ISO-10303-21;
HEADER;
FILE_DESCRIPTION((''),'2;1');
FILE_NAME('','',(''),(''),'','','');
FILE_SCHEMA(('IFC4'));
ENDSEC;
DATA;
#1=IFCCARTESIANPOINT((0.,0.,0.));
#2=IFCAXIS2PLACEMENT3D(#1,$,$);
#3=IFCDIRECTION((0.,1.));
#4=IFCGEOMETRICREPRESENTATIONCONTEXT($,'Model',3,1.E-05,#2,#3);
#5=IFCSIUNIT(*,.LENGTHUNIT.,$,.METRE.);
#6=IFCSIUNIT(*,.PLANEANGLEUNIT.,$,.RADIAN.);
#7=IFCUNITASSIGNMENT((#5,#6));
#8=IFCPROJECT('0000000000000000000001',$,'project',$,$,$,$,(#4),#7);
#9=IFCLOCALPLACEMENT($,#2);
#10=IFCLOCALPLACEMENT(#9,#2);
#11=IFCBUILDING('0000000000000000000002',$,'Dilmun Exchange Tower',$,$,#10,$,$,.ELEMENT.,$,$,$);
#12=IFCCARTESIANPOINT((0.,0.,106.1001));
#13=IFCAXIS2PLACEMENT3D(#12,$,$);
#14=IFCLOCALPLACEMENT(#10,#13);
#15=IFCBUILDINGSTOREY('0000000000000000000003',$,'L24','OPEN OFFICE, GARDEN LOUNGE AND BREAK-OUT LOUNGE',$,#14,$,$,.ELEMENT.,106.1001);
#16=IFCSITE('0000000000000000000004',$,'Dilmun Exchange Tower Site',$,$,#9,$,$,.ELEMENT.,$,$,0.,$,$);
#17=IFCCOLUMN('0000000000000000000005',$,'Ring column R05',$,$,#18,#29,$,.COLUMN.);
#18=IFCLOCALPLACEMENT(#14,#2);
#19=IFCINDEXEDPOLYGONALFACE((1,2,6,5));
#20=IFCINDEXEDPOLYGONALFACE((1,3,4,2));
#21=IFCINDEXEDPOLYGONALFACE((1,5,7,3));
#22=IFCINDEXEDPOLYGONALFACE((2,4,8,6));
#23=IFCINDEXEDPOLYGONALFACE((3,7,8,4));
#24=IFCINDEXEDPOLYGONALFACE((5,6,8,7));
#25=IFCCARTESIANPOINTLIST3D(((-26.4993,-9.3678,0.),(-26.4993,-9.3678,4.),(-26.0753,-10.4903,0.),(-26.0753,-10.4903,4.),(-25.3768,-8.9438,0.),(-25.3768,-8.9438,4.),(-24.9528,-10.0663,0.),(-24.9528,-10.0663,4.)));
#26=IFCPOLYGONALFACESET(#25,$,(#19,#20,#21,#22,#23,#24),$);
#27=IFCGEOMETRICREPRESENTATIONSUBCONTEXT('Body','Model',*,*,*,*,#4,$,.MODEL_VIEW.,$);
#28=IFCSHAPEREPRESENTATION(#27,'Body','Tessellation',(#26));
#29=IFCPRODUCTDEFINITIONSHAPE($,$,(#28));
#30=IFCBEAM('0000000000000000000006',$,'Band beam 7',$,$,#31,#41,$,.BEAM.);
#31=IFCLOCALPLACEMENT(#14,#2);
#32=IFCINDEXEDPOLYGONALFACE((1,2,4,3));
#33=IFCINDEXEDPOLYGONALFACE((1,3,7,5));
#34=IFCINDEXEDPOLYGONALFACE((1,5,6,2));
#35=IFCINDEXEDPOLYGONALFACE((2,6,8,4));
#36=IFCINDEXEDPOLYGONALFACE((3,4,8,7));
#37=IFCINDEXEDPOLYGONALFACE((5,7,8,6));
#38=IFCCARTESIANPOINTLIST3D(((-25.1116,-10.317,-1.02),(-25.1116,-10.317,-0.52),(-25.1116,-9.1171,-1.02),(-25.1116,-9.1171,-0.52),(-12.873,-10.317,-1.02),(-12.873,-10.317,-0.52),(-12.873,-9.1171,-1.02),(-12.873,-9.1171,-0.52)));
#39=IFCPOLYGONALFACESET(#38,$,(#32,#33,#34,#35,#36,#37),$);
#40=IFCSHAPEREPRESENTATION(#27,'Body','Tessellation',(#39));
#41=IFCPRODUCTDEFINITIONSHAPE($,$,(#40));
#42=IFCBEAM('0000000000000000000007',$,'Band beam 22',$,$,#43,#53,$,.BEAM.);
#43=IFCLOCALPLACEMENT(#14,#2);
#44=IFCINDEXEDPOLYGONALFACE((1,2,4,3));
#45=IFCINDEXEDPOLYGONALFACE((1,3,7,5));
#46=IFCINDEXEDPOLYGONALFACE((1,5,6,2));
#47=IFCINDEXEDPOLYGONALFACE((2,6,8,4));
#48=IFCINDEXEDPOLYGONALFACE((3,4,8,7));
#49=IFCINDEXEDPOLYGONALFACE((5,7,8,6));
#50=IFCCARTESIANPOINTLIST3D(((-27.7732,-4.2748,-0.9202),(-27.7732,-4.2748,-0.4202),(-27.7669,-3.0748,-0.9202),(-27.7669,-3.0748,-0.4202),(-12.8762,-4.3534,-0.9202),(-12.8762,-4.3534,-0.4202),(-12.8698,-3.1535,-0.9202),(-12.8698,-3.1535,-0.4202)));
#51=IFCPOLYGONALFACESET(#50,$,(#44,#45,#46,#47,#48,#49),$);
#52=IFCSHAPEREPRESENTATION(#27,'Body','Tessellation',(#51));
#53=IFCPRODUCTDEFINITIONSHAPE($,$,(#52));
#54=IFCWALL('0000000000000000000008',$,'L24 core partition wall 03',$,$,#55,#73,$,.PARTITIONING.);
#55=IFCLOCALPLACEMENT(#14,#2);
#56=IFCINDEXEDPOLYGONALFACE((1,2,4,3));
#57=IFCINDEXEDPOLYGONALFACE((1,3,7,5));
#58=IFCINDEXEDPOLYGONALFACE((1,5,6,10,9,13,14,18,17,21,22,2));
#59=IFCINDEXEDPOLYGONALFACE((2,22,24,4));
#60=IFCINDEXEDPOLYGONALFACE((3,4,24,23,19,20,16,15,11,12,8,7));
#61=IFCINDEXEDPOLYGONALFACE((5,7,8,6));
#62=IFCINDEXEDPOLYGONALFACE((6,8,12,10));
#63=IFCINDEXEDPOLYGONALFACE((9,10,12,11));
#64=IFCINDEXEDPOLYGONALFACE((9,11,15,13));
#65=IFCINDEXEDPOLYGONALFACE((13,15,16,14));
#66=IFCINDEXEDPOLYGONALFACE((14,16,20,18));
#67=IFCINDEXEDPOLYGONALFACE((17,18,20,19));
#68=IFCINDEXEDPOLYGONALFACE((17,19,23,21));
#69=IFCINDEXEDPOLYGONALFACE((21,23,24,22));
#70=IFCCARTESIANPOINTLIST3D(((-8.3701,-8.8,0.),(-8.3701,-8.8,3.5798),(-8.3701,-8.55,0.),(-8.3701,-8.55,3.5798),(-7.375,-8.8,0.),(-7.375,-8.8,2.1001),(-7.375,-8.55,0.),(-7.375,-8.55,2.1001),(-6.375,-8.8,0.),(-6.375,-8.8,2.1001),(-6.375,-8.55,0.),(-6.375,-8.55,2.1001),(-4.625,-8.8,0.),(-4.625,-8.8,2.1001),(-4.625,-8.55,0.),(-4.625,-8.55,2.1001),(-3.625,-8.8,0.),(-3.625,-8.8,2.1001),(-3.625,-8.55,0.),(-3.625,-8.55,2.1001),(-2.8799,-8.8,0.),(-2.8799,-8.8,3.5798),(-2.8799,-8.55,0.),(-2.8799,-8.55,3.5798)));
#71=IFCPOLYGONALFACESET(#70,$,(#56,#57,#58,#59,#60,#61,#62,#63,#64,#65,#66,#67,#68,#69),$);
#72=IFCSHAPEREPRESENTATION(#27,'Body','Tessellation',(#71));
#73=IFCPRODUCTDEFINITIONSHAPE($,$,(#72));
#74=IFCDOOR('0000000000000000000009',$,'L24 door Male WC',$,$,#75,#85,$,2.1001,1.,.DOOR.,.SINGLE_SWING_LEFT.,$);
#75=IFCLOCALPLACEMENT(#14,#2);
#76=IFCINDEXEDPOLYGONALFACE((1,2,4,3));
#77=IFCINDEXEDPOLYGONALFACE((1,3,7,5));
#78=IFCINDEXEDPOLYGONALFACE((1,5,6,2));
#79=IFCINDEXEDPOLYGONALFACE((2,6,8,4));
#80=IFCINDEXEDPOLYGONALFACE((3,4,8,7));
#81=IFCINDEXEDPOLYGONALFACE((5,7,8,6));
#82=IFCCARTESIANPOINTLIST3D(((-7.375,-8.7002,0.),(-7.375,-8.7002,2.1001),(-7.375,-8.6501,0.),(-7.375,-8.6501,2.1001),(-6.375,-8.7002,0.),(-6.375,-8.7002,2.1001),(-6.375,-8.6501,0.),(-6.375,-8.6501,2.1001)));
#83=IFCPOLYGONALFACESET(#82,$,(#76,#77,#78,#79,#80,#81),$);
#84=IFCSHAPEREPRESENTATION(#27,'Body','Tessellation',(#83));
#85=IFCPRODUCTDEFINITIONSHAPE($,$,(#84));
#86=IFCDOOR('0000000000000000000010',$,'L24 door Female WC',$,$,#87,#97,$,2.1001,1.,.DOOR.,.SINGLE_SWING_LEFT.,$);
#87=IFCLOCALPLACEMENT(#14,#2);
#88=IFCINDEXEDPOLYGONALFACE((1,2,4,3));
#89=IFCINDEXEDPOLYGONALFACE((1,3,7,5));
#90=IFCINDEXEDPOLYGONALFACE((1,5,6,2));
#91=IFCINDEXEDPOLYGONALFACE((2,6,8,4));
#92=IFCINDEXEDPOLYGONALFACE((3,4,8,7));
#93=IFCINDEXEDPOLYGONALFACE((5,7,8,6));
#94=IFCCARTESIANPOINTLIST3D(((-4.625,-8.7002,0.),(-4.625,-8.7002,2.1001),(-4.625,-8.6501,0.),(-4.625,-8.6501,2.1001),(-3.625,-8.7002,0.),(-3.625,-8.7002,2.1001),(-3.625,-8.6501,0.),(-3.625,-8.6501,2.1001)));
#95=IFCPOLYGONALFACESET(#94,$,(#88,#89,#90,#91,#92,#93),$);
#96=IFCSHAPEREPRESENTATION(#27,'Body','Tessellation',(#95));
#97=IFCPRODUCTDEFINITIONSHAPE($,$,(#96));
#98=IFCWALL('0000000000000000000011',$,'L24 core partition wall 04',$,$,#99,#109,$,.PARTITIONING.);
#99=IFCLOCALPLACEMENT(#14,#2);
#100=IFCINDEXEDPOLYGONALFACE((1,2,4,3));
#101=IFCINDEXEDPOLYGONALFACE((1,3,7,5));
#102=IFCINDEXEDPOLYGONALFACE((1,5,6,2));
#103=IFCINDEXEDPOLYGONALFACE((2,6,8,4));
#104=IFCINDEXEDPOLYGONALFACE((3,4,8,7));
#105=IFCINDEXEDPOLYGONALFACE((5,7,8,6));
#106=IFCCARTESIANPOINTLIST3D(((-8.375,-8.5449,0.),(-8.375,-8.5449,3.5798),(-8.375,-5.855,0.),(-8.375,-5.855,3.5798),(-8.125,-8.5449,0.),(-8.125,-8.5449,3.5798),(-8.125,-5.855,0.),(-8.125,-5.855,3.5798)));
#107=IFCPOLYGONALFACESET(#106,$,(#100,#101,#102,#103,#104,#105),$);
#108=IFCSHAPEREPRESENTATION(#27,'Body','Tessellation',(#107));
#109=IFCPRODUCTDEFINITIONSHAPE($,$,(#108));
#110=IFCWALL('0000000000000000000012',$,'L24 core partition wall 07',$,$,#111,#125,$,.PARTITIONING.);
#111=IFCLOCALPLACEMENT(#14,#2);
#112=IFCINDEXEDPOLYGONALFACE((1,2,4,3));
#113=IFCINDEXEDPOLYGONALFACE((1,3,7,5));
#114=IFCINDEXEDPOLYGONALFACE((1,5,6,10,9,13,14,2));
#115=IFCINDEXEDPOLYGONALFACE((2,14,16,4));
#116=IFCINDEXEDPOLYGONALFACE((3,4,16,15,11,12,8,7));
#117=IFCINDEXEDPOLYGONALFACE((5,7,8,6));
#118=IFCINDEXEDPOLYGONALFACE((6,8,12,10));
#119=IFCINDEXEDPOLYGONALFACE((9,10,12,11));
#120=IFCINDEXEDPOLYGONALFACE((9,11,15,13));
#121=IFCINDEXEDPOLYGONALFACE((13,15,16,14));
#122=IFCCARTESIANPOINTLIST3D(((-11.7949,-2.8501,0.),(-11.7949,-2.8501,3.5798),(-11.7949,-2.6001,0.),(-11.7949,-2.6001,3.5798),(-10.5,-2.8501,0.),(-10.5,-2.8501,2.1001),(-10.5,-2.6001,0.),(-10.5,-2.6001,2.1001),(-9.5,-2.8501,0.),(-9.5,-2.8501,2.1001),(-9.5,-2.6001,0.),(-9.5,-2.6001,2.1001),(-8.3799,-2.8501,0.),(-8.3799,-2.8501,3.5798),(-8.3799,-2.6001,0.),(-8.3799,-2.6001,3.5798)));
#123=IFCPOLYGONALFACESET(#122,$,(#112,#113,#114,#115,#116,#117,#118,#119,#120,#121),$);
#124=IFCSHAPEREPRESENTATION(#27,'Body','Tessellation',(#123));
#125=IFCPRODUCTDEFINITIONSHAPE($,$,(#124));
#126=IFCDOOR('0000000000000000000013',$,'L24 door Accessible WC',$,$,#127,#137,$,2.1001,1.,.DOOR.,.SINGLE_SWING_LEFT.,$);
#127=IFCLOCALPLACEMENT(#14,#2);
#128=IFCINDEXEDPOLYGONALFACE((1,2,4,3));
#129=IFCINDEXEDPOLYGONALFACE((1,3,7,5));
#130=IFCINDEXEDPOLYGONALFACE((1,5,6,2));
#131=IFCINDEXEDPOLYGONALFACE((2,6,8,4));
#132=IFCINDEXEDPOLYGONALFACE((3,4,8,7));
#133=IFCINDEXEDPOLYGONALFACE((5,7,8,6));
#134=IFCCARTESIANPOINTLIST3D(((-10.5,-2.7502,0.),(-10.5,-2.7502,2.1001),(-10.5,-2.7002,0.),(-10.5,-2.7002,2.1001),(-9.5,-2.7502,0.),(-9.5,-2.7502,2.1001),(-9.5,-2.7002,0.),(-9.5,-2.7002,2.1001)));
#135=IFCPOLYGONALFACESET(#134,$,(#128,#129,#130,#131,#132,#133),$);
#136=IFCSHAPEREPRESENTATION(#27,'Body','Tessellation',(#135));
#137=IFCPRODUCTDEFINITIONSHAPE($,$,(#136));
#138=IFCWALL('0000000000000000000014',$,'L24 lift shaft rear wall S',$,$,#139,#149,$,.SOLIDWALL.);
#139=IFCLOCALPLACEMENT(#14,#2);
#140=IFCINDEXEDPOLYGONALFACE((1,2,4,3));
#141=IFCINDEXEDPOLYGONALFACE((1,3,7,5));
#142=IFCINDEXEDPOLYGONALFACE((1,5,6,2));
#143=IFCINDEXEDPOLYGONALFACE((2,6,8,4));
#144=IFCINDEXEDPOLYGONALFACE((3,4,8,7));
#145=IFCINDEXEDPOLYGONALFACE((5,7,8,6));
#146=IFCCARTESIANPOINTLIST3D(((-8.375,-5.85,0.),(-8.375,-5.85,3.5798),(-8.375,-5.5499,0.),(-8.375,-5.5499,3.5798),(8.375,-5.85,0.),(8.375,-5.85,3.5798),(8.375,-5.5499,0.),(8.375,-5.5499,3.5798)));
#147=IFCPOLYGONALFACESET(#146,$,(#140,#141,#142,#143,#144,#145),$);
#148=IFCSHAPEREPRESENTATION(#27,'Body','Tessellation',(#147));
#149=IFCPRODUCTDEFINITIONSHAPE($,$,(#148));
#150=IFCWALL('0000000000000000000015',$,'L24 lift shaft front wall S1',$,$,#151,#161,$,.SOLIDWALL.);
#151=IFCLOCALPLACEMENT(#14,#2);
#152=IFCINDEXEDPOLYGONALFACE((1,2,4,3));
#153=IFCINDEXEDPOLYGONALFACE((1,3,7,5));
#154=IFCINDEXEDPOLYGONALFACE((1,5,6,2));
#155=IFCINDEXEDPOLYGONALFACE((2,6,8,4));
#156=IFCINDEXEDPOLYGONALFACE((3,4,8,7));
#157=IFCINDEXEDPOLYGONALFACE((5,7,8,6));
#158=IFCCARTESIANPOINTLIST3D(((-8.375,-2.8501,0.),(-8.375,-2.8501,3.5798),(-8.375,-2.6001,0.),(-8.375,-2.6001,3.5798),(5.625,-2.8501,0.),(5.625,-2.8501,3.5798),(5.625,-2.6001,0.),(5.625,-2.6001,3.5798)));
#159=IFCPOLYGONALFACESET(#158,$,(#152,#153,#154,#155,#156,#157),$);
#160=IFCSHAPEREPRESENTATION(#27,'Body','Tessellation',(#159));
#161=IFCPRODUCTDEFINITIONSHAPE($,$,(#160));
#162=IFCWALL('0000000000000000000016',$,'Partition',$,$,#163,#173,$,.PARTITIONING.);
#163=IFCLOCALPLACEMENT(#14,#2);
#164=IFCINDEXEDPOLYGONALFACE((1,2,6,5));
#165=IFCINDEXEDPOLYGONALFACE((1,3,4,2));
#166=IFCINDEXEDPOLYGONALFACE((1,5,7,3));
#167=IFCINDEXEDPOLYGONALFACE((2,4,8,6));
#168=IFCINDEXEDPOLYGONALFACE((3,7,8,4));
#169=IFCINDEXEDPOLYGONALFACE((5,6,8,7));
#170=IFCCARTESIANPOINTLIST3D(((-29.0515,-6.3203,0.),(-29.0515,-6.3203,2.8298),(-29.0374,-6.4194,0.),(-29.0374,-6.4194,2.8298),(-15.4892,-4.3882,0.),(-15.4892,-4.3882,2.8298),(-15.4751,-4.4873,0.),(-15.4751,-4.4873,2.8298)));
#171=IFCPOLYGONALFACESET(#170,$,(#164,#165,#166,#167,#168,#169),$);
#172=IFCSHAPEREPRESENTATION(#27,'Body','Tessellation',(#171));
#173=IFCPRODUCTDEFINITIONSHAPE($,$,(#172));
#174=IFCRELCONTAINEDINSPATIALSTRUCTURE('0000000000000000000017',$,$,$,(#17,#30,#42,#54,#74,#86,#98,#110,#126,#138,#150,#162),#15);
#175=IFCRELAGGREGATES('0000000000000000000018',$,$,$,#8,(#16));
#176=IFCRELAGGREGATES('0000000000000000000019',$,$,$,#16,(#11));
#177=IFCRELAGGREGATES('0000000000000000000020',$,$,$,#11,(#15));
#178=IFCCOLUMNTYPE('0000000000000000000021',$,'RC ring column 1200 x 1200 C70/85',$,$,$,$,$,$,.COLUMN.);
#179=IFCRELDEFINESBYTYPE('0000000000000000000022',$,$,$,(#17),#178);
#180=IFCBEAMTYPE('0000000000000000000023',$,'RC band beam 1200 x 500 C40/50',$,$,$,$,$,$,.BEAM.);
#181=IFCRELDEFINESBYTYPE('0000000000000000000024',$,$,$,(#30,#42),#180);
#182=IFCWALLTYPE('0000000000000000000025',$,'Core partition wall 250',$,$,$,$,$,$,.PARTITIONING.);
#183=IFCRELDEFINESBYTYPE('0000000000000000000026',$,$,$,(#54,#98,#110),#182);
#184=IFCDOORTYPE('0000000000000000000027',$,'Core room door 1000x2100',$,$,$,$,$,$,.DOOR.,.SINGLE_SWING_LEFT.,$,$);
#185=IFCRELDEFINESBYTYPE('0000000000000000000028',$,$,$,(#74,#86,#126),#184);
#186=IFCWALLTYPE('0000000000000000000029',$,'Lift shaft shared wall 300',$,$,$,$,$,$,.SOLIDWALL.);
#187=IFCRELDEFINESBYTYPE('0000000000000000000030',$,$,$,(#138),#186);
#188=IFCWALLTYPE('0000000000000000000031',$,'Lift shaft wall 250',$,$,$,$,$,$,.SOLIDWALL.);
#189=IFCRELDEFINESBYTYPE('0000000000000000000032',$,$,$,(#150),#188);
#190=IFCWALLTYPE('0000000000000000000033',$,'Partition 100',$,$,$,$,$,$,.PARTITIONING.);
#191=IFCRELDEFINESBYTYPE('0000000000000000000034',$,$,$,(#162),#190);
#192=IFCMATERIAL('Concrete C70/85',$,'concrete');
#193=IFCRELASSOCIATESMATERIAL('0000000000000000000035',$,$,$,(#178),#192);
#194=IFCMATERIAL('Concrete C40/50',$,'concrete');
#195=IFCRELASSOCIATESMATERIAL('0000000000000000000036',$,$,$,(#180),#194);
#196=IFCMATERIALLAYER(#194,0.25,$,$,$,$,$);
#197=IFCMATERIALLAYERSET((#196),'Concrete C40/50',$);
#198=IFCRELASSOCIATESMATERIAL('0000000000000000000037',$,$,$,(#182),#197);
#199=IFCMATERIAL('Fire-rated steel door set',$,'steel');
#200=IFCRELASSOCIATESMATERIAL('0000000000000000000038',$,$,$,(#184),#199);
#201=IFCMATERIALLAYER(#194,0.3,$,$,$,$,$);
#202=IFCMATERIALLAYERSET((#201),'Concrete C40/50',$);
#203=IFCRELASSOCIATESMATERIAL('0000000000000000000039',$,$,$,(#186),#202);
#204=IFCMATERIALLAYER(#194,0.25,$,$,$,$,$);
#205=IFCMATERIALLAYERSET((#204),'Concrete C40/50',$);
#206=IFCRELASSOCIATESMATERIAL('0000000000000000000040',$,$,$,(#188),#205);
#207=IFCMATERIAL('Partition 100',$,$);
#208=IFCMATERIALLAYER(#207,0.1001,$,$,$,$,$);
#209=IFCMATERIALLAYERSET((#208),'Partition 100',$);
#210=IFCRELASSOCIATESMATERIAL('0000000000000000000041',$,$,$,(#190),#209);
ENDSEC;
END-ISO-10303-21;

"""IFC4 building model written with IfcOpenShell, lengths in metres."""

from ifc_helpers import new_model, si_unit, direction, frame, frame_2d, origin, origin_2d, place, context, subcontext, project, spatial, rectangle, extrude, material, layer, layer_set, material_profile, profile_set, type_object, element, fill, save


model = new_model("IFC4")

# Units and contexts
model_context = context("Model", 3, precision=1e-05, world=origin(), true_north=direction((0.0, 1.0)))
body_context = subcontext(model_context, "Body", "Model", "MODEL_VIEW")
ifc_project = project(units=[si_unit("LENGTHUNIT", "METRE"), si_unit("PLANEANGLEUNIT", "RADIAN")], contexts=[model_context])

# Site, building, storey
site_placement = place(None, origin())
site = spatial("IfcSite", under=ifc_project, at=site_placement, Name="Dilmun Exchange Tower Site", CompositionType="ELEMENT", RefElevation=0.0)
building_placement = place(site_placement, origin())
building = spatial("IfcBuilding", under=site, at=building_placement, Name="Dilmun Exchange Tower", CompositionType="ELEMENT")
storey_placement = place(building_placement, frame((0.0, 0.0, 106.1001)))
storey = spatial("IfcBuildingStorey", under=building, at=storey_placement, Name="L24", Description="OPEN OFFICE, GARDEN LOUNGE AND BREAK-OUT LOUNGE", CompositionType="ELEMENT", Elevation=106.1001)

# Column
ifc_material_1 = material(Name="Concrete C70/85", Category="concrete")
ifc_material_profile_1 = material_profile(ifc_material_1, rectangle(XDim=1.2, YDim=1.2, at=origin_2d()), Name="1200 x 1200")
ifc_profile_set_1 = profile_set([ifc_material_profile_1], Name="Concrete C70/85")
column_type = type_object("IfcColumnType", Name="RC ring column 1200 x 1200 C70/85", PredefinedType="COLUMN", material=ifc_profile_set_1)
column_placement = place(storey_placement, frame((-25.7261, -9.717, 0.0), z_axis=(0.0, 0.0, 1.0), x_axis=(0.935492, 0.353349, 0.0)))
element("IfcColumn", 1, at=column_placement, inside=storey, type_object=column_type, Name="Ring column R05", PredefinedType="COLUMN", context=body_context, shape_type="SweptSolid", body=[
    extrude(rectangle(XDim=1.2, YDim=1.2, at=origin_2d()), origin(), (0.0, 0.0, 1.0), 4.0),
])

# Beams
ifc_material_2 = material(Name="Concrete C40/50", Category="concrete")
ifc_material_profile_2 = material_profile(ifc_material_2, rectangle(XDim=1.2, YDim=0.5, at=origin_2d()), Name="1200 x 500")
ifc_profile_set_2 = profile_set([ifc_material_profile_2], Name="Concrete C40/50")
beam_type = type_object("IfcBeamType", Name="RC band beam 1200 x 500 C40/50", PredefinedType="BEAM", material=ifc_profile_set_2)
beam_1_placement = place(storey_placement, frame((-25.1116, -9.717, -0.77), z_axis=(1.0, 0.0, 0.0), x_axis=(0.0, 1.0, 0.0)))
element("IfcBeam", 2, at=beam_1_placement, inside=storey, type_object=beam_type, Name="Band beam 7", PredefinedType="BEAM", context=body_context, shape_type="SweptSolid", body=[
    extrude(rectangle(XDim=1.2, YDim=0.5, at=origin_2d()), origin(), (0.0, 0.0, 1.0), 12.2385),
])
beam_2_placement = place(storey_placement, frame((-27.77, -3.6748, -0.6702), z_axis=(0.999986, -0.005277, 0.0), x_axis=(0.005277, 0.999986, 0.0)))
element("IfcBeam", 3, at=beam_2_placement, inside=storey, type_object=beam_type, Name="Band beam 22", PredefinedType="BEAM", context=body_context, shape_type="SweptSolid", body=[
    extrude(rectangle(XDim=1.2, YDim=0.5, at=origin_2d()), origin(), (0.0, 0.0, 1.0), 14.8972),
])

# Wall, openings, doors
ifc_layer_1 = layer(ifc_material_2, 0.25)
ifc_layer_set_1 = layer_set([ifc_layer_1], Name="Concrete C40/50")
wall_type_1 = type_object("IfcWallType", Name="Core partition wall 250", PredefinedType="PARTITIONING", material=ifc_layer_set_1)
wall_1_placement = place(storey_placement, frame((-8.3701, -8.675, 0.0), z_axis=(0.0, 0.0, 1.0), x_axis=(1.0, 0.0, 0.0)))
wall_1 = element("IfcWall", 4, at=wall_1_placement, inside=storey, type_object=wall_type_1, Name="L24 core partition wall 03", PredefinedType="PARTITIONING", context=body_context, shape_type="SweptSolid", body=[
    extrude(rectangle(XDim=5.4902, YDim=0.25, at=frame_2d((2.7451, 0.0))), origin(), (0.0, 0.0, 1.0), 3.5798),
])
opening_1_placement = place(wall_1_placement, frame((0.9951, 0.0, 0.0)))
opening_1 = element("IfcOpeningElement", 5, at=opening_1_placement, cuts=wall_1, PredefinedType="OPENING", context=body_context, shape_type="SweptSolid", body=[
    extrude(rectangle(XDim=1.0, YDim=2.1001, at=frame_2d((0.5, 1.05))), frame((0.0, 0.135, 0.0), z_axis=(0.0, -1.0, 0.0), x_axis=(1.0, 0.0, 0.0)), (0.0, 0.0, 1.0), 0.27),
])
opening_2_placement = place(wall_1_placement, frame((3.7451, 0.0, 0.0)))
opening_2 = element("IfcOpeningElement", 6, at=opening_2_placement, cuts=wall_1, PredefinedType="OPENING", context=body_context, shape_type="SweptSolid", body=[
    extrude(rectangle(XDim=1.0, YDim=2.1001, at=frame_2d((0.5, 1.05))), frame((0.0, 0.135, 0.0), z_axis=(0.0, -1.0, 0.0), x_axis=(1.0, 0.0, 0.0)), (0.0, 0.0, 1.0), 0.27),
])
ifc_material_3 = material(Name="Fire-rated steel door set", Category="steel")
door_type = type_object("IfcDoorType", Name="Core room door 1000x2100", OperationType="SINGLE_SWING_LEFT", PredefinedType="DOOR", material=ifc_material_3)
door_1_placement = place(opening_1_placement, origin())
door_1 = element("IfcDoor", 7, at=door_1_placement, inside=storey, type_object=door_type, Name="L24 door Male WC", OperationType="SINGLE_SWING_LEFT", OverallHeight=2.1001, OverallWidth=1.0, PredefinedType="DOOR", context=body_context, shape_type="SweptSolid", body=[
    extrude(rectangle(XDim=1.0, YDim=2.1001, at=frame_2d((0.5, 1.05))), frame((0.0, 0.0249, 0.0), z_axis=(0.0, -1.0, 0.0), x_axis=(1.0, 0.0, 0.0)), (0.0, 0.0, 1.0), 0.05),
])
fill(opening_1, door_1)
door_2_placement = place(opening_2_placement, origin())
door_2 = element("IfcDoor", 8, at=door_2_placement, inside=storey, type_object=door_type, Name="L24 door Female WC", OperationType="SINGLE_SWING_LEFT", OverallHeight=2.1001, OverallWidth=1.0, PredefinedType="DOOR", context=body_context, shape_type="SweptSolid", body=[
    extrude(rectangle(XDim=1.0, YDim=2.1001, at=frame_2d((0.5, 1.05))), frame((0.0, 0.0249, 0.0), z_axis=(0.0, -1.0, 0.0), x_axis=(1.0, 0.0, 0.0)), (0.0, 0.0, 1.0), 0.05),
])
fill(opening_2, door_2)

# Wall
wall_2_placement = place(storey_placement, frame((-8.25, -8.5449, 0.0), z_axis=(0.0, 0.0, 1.0), x_axis=(0.0, 1.0, 0.0)))
element("IfcWall", 9, at=wall_2_placement, inside=storey, type_object=wall_type_1, Name="L24 core partition wall 04", PredefinedType="PARTITIONING", context=body_context, shape_type="SweptSolid", body=[
    extrude(rectangle(XDim=2.6899, YDim=0.25, at=frame_2d((1.345, 0.0))), origin(), (0.0, 0.0, 1.0), 3.5798),
])

# Wall, opening, door
wall_3_placement = place(storey_placement, frame((-11.7949, -2.7251, 0.0), z_axis=(0.0, 0.0, 1.0), x_axis=(1.0, 0.0, 0.0)))
wall_3 = element("IfcWall", 10, at=wall_3_placement, inside=storey, type_object=wall_type_1, Name="L24 core partition wall 07", PredefinedType="PARTITIONING", context=body_context, shape_type="SweptSolid", body=[
    extrude(rectangle(XDim=3.415, YDim=0.25, at=frame_2d((1.7075, 0.0))), origin(), (0.0, 0.0, 1.0), 3.5798),
])
opening_3_placement = place(wall_3_placement, frame((1.2949, 0.0, 0.0)))
opening_3 = element("IfcOpeningElement", 11, at=opening_3_placement, cuts=wall_3, PredefinedType="OPENING", context=body_context, shape_type="SweptSolid", body=[
    extrude(rectangle(XDim=1.0, YDim=2.1001, at=frame_2d((0.5, 1.05))), frame((0.0, 0.135, 0.0), z_axis=(0.0, -1.0, 0.0), x_axis=(1.0, 0.0, 0.0)), (0.0, 0.0, 1.0), 0.27),
])
door_3_placement = place(opening_3_placement, origin())
door_3 = element("IfcDoor", 12, at=door_3_placement, inside=storey, type_object=door_type, Name="L24 door Accessible WC", OperationType="SINGLE_SWING_LEFT", OverallHeight=2.1001, OverallWidth=1.0, PredefinedType="DOOR", context=body_context, shape_type="SweptSolid", body=[
    extrude(rectangle(XDim=1.0, YDim=2.1001, at=frame_2d((0.5, 1.05))), frame((0.0, 0.0249, 0.0), z_axis=(0.0, -1.0, 0.0), x_axis=(1.0, 0.0, 0.0)), (0.0, 0.0, 1.0), 0.05),
])
fill(opening_3, door_3)

# Walls
ifc_layer_2 = layer(ifc_material_2, 0.3)
ifc_layer_set_2 = layer_set([ifc_layer_2], Name="Concrete C40/50")
wall_type_2 = type_object("IfcWallType", Name="Lift shaft shared wall 300", PredefinedType="SOLIDWALL", material=ifc_layer_set_2)
wall_4_placement = place(storey_placement, frame((-8.375, -5.7, 0.0), z_axis=(0.0, 0.0, 1.0), x_axis=(1.0, 0.0, 0.0)))
element("IfcWall", 13, at=wall_4_placement, inside=storey, type_object=wall_type_2, Name="L24 lift shaft rear wall S", PredefinedType="SOLIDWALL", context=body_context, shape_type="SweptSolid", body=[
    extrude(rectangle(XDim=16.75, YDim=0.3, at=frame_2d((8.375, 0.0))), origin(), (0.0, 0.0, 1.0), 3.5798),
])
ifc_layer_3 = layer(ifc_material_2, 0.25)
ifc_layer_set_3 = layer_set([ifc_layer_3], Name="Concrete C40/50")
wall_type_3 = type_object("IfcWallType", Name="Lift shaft wall 250", PredefinedType="SOLIDWALL", material=ifc_layer_set_3)
wall_5_placement = place(storey_placement, frame((-8.375, -2.7251, 0.0), z_axis=(0.0, 0.0, 1.0), x_axis=(1.0, 0.0, 0.0)))
element("IfcWall", 14, at=wall_5_placement, inside=storey, type_object=wall_type_3, Name="L24 lift shaft front wall S1", PredefinedType="SOLIDWALL", context=body_context, shape_type="SweptSolid", body=[
    extrude(rectangle(XDim=14.0, YDim=0.25, at=frame_2d((7.0, 0.0))), origin(), (0.0, 0.0, 1.0), 3.5798),
])
ifc_material_4 = material(Name="Partition 100")
ifc_layer_4 = layer(ifc_material_4, 0.1001)
ifc_layer_set_4 = layer_set([ifc_layer_4], Name="Partition 100")
wall_type_4 = type_object("IfcWallType", Name="Partition 100", PredefinedType="PARTITIONING", material=ifc_layer_set_4)
wall_6_placement = place(storey_placement, frame((-29.0444, -6.3699, 0.0), z_axis=(0.0, 0.0, 1.0), x_axis=(0.990004, 0.14104, 0.0)))
element("IfcWall", 15, at=wall_6_placement, inside=storey, type_object=wall_type_4, Name="Partition", PredefinedType="PARTITIONING", context=body_context, shape_type="SweptSolid", body=[
    extrude(rectangle(XDim=13.6992, YDim=0.1001, at=frame_2d((6.8496, 0.0))), origin(), (0.0, 0.0, 1.0), 2.8298),
])

save(model, "model.ifc")
